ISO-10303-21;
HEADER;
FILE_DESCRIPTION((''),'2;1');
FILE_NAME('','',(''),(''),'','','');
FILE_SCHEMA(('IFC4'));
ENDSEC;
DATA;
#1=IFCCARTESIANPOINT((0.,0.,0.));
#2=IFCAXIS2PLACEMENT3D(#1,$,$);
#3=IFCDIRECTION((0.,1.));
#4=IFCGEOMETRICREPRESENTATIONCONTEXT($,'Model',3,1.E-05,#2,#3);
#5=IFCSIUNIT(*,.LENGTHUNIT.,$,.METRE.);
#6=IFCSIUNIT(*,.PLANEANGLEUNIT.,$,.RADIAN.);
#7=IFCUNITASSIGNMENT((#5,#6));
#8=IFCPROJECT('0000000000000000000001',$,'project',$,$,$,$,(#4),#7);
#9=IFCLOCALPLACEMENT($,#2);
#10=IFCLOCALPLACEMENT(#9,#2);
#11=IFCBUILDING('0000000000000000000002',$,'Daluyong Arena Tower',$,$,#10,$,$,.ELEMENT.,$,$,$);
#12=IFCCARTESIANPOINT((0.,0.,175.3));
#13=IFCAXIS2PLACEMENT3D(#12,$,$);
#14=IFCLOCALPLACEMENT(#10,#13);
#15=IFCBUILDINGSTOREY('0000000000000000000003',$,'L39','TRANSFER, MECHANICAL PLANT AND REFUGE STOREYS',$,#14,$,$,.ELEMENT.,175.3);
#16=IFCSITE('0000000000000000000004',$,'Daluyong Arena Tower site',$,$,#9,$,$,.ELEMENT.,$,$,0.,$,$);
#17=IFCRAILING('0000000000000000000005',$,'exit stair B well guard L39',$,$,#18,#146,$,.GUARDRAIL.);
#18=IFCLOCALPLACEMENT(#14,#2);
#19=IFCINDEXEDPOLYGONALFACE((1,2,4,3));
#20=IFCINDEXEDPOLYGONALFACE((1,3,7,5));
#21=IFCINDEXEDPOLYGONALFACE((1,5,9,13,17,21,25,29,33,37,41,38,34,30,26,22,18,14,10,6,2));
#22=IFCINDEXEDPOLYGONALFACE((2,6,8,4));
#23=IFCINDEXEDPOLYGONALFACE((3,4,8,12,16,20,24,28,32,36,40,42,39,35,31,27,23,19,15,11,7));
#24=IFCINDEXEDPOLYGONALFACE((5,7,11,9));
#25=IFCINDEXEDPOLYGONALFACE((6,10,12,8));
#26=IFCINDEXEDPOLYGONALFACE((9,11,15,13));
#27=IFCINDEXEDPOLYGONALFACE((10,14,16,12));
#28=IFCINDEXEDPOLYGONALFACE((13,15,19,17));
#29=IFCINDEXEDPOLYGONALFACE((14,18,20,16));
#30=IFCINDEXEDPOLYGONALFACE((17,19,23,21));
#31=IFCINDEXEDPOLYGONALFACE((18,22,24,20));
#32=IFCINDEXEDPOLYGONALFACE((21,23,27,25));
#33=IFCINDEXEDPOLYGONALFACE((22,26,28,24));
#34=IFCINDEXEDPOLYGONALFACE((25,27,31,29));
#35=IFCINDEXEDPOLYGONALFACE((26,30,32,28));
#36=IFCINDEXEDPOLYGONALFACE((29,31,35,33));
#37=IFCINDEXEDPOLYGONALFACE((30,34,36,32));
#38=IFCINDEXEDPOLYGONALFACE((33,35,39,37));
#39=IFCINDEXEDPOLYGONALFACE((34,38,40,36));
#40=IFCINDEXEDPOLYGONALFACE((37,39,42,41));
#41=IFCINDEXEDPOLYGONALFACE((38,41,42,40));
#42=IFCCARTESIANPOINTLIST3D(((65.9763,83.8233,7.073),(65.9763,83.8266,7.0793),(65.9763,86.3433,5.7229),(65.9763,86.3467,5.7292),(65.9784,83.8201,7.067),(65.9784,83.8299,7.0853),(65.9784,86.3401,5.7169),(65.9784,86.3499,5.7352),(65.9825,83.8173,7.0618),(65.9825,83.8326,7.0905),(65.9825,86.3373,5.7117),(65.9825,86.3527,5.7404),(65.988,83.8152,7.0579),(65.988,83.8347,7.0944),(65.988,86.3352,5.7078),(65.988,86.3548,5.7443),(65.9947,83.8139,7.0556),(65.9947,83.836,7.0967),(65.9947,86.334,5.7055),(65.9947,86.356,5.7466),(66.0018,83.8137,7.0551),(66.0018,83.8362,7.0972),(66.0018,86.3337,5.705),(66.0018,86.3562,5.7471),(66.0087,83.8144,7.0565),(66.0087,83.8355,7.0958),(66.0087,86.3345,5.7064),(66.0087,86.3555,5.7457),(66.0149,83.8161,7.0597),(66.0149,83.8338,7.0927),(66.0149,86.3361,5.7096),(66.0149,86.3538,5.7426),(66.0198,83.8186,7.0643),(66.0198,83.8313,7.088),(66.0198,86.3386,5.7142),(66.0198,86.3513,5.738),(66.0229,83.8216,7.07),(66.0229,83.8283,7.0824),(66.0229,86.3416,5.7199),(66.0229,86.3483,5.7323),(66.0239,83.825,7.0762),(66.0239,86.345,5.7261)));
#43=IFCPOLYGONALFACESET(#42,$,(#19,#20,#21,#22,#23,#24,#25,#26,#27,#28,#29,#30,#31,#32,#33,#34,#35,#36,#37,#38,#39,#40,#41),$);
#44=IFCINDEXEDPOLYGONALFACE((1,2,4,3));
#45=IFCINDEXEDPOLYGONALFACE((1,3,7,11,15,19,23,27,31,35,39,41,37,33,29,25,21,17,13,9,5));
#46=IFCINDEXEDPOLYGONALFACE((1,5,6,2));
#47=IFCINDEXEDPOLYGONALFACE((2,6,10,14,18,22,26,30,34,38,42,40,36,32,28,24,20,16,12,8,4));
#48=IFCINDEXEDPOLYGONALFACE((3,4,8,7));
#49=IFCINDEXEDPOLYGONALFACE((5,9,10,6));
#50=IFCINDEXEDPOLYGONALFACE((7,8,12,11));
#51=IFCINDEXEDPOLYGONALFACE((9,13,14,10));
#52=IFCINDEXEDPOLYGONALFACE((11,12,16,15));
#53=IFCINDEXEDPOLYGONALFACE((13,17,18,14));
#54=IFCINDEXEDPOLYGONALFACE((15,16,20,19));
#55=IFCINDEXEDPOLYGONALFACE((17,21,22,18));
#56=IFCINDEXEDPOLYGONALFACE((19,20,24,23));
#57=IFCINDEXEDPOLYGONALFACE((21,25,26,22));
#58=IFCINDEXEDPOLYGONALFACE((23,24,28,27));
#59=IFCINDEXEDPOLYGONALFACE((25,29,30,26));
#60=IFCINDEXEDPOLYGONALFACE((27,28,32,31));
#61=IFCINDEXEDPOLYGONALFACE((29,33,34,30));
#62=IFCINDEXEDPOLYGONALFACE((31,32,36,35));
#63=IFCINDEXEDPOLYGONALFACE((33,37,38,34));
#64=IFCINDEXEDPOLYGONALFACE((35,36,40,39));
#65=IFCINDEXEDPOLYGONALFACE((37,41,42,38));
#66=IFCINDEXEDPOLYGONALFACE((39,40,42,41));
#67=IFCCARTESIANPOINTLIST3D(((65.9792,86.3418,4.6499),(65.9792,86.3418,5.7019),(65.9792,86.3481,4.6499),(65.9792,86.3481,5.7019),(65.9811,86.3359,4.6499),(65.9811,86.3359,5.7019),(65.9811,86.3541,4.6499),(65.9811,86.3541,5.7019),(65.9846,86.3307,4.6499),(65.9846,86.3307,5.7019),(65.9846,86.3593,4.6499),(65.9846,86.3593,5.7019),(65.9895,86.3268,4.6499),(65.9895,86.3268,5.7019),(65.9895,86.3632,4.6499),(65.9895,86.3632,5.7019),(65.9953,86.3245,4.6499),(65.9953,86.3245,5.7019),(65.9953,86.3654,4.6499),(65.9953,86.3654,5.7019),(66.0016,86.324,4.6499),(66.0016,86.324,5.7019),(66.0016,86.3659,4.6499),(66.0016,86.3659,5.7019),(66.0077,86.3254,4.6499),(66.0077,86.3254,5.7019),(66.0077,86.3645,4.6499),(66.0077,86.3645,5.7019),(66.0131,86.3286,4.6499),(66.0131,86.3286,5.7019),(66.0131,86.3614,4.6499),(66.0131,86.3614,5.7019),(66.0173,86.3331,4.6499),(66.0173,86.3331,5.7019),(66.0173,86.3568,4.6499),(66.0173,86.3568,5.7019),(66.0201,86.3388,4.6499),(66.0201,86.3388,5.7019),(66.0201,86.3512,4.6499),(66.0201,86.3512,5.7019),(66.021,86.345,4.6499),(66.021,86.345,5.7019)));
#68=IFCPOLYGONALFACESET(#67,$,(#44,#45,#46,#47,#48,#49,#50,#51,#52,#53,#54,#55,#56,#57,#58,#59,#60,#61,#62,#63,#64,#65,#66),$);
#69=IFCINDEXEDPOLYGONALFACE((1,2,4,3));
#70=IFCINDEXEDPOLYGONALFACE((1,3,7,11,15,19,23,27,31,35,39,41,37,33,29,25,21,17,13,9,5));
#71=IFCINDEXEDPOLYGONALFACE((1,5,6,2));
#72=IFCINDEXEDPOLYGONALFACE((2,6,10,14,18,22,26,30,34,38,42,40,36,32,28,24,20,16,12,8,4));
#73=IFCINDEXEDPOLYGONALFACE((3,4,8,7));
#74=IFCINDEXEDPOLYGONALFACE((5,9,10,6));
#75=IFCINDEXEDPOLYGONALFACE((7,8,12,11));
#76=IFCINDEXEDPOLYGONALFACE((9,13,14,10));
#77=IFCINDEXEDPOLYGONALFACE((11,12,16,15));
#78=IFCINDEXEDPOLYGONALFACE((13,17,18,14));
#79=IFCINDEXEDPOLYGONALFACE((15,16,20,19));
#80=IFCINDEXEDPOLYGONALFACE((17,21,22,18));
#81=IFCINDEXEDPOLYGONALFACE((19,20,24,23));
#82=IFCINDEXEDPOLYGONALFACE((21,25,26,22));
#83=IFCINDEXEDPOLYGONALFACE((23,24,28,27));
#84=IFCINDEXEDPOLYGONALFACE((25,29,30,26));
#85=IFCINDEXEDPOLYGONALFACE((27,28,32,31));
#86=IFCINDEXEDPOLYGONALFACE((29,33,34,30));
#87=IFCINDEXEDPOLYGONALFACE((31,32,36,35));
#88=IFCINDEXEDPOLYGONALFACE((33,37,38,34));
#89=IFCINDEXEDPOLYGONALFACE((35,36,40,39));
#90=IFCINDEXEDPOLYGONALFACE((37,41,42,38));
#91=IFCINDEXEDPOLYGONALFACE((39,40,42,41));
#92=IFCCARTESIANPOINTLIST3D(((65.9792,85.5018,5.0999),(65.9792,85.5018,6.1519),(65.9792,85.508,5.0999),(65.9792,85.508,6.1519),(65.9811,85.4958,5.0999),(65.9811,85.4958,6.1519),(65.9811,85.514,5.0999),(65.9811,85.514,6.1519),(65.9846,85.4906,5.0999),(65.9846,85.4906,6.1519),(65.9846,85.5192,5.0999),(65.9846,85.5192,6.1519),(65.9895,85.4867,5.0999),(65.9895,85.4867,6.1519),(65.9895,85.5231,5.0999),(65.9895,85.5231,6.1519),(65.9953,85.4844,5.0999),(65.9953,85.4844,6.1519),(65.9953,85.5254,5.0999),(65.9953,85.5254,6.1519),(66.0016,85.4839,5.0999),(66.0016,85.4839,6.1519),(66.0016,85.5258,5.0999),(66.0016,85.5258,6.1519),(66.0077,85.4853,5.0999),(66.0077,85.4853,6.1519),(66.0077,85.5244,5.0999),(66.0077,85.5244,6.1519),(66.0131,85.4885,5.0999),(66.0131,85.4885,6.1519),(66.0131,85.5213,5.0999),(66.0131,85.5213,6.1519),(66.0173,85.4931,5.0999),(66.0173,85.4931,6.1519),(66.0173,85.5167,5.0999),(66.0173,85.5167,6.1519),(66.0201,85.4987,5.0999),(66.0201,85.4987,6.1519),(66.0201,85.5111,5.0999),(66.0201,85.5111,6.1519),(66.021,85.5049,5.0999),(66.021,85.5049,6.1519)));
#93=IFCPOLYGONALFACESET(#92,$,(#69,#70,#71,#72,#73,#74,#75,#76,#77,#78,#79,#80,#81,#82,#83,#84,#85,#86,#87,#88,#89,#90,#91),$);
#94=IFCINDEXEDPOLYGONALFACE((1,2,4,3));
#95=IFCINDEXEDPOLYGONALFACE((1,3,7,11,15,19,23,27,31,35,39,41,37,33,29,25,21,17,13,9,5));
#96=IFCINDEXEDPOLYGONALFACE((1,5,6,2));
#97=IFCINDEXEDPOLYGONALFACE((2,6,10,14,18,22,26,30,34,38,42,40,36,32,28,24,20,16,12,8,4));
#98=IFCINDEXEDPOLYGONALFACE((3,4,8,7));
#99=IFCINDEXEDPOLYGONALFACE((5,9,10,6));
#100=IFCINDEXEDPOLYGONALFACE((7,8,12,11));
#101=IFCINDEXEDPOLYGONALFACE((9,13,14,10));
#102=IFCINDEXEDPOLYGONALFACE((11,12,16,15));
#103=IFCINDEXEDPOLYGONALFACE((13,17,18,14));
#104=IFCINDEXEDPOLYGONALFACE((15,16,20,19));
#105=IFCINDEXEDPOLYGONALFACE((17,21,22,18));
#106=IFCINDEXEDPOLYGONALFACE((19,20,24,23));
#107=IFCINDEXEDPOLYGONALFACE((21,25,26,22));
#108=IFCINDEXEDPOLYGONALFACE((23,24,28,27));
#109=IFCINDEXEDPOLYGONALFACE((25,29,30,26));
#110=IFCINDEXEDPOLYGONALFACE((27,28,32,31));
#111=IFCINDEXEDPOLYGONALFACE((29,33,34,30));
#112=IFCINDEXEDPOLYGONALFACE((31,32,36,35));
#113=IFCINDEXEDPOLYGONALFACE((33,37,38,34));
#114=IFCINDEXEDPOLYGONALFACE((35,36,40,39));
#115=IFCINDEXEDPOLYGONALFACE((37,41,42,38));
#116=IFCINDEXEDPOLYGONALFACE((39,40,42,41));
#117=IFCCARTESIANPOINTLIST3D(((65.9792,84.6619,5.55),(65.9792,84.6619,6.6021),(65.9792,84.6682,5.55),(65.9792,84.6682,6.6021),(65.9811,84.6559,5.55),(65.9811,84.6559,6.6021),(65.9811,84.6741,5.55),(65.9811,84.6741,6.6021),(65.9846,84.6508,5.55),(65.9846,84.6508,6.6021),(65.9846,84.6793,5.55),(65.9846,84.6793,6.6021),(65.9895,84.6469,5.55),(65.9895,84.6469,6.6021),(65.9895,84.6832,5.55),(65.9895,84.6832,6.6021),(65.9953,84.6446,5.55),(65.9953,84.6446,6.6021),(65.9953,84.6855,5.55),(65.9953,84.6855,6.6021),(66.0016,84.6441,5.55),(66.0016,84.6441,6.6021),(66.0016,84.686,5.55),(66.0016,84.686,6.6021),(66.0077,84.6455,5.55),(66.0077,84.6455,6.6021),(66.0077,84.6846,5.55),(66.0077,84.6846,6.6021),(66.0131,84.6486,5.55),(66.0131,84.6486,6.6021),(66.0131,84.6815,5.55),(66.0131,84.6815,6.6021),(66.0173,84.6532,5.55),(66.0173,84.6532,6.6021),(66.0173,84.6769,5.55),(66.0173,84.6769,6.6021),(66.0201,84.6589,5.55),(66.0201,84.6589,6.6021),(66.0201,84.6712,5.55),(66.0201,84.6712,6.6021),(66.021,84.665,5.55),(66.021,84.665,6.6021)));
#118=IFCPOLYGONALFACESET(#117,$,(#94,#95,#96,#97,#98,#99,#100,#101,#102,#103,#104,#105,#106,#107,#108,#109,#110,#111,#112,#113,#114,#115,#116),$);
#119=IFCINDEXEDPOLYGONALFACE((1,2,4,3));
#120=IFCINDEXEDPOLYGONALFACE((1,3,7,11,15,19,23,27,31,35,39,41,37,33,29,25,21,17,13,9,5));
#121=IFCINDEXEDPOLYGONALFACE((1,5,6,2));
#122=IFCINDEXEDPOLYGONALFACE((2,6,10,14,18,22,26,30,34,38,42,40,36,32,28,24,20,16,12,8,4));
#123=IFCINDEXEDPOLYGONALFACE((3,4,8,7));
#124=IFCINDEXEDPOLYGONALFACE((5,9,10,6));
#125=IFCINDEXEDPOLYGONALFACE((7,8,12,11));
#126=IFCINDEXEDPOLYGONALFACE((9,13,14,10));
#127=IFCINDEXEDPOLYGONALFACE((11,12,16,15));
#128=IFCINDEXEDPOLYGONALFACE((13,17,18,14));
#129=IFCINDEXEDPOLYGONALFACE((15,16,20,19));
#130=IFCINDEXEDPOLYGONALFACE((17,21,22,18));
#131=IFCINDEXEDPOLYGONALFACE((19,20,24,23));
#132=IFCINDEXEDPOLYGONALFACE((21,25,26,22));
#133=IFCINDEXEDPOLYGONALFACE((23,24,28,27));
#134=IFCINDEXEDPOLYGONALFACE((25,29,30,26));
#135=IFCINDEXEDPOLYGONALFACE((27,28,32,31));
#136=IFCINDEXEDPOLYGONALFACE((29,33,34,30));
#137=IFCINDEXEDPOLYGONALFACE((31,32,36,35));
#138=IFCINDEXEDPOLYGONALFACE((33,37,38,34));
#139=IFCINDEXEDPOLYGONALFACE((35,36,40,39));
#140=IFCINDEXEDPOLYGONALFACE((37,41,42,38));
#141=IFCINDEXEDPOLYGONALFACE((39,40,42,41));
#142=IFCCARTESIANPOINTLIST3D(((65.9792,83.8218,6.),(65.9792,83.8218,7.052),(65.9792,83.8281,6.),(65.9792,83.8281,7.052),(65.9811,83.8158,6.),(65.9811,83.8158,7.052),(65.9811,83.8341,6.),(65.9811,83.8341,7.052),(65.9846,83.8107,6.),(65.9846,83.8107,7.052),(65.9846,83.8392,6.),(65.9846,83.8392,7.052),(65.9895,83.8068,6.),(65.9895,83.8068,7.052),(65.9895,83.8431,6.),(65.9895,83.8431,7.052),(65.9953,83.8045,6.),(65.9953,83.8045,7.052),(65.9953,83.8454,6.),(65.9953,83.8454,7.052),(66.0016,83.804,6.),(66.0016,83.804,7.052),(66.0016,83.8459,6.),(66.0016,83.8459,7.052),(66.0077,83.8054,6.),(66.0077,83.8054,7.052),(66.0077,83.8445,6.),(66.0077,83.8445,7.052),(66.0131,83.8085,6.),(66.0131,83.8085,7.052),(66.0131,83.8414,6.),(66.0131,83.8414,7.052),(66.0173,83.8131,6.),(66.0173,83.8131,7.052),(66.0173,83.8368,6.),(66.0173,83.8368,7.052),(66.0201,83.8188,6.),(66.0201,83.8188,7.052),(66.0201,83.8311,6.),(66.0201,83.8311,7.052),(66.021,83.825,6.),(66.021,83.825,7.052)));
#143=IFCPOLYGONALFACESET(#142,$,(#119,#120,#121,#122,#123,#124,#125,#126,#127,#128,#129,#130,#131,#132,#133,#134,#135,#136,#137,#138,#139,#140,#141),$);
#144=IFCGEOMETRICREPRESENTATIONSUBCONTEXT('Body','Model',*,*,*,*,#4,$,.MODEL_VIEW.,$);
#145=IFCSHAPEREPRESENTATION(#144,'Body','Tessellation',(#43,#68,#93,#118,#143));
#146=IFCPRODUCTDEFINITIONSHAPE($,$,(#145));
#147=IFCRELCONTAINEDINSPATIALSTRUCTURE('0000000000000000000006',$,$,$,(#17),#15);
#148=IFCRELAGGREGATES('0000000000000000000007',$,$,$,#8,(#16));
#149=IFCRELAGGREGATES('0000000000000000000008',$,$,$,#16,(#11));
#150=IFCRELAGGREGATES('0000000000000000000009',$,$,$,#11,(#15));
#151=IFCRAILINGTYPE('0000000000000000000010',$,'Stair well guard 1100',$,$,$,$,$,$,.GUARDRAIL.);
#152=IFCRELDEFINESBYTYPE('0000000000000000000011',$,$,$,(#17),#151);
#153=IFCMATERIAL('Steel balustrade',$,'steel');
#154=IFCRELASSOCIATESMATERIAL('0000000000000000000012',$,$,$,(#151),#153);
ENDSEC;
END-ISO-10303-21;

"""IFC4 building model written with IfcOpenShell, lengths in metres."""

from ifc_helpers import new_model, si_unit, direction, frame, origin, origin_2d, place, context, subcontext, project, spatial, circle, extrude, material, type_object, element, save


model = new_model("IFC4")

# Units and contexts
model_context = context("Model", 3, precision=1e-05, world=origin(), true_north=direction((0.0, 1.0)))
body_context = subcontext(model_context, "Body", "Model", "MODEL_VIEW")
ifc_project = project(units=[si_unit("LENGTHUNIT", "METRE"), si_unit("PLANEANGLEUNIT", "RADIAN")], contexts=[model_context])

# Site, building, storey
site_placement = place(None, origin())
site = spatial("IfcSite", under=ifc_project, at=site_placement, Name="Daluyong Arena Tower site", CompositionType="ELEMENT", RefElevation=0.0)
building_placement = place(site_placement, origin())
building = spatial("IfcBuilding", under=site, at=building_placement, Name="Daluyong Arena Tower", CompositionType="ELEMENT")
storey_placement = place(building_placement, frame((0.0, 0.0, 175.3)))
storey = spatial("IfcBuildingStorey", under=building, at=storey_placement, Name="L39", Description="TRANSFER, MECHANICAL PLANT AND REFUGE STOREYS", CompositionType="ELEMENT", Elevation=175.3)

# Railing
ifc_material_1 = material(Name="Steel balustrade", Category="steel")
railing_type_1 = type_object("IfcRailingType", Name="Stair well guard 1100", PredefinedType="GUARDRAIL", material=ifc_material_1)
railing_1_placement = place(storey_placement, frame((66.0, 86.345, 4.6499)))
element("IfcRailing", 1, at=railing_1_placement, inside=storey, type_object=railing_type_1, Name="exit stair B well guard L39", PredefinedType="GUARDRAIL", context=body_context, shape_type="SweptSolid", body=[
    extrude(circle(Radius=0.0239, at=origin_2d()), frame((0.0, 0.0, 1.0762), z_axis=(0.0, -0.881467, 0.472245), x_axis=(1.0, 0.0, 0.0)), (0.0, 0.0, 1.0), 2.8589),
    extrude(circle(Radius=0.021, at=origin_2d()), origin(), (0.0, 0.0, 1.0), 1.052),
    extrude(circle(Radius=0.021, at=origin_2d()), frame((0.0, -0.8401, 0.45)), (0.0, 0.0, 1.0), 1.052),
    extrude(circle(Radius=0.021, at=origin_2d()), frame((0.0, -1.6799, 0.9001)), (0.0, 0.0, 1.0), 1.052),
    extrude(circle(Radius=0.021, at=origin_2d()), frame((0.0, -2.52, 1.3501)), (0.0, 0.0, 1.0), 1.052),
])

save(model, "model.ifc")
